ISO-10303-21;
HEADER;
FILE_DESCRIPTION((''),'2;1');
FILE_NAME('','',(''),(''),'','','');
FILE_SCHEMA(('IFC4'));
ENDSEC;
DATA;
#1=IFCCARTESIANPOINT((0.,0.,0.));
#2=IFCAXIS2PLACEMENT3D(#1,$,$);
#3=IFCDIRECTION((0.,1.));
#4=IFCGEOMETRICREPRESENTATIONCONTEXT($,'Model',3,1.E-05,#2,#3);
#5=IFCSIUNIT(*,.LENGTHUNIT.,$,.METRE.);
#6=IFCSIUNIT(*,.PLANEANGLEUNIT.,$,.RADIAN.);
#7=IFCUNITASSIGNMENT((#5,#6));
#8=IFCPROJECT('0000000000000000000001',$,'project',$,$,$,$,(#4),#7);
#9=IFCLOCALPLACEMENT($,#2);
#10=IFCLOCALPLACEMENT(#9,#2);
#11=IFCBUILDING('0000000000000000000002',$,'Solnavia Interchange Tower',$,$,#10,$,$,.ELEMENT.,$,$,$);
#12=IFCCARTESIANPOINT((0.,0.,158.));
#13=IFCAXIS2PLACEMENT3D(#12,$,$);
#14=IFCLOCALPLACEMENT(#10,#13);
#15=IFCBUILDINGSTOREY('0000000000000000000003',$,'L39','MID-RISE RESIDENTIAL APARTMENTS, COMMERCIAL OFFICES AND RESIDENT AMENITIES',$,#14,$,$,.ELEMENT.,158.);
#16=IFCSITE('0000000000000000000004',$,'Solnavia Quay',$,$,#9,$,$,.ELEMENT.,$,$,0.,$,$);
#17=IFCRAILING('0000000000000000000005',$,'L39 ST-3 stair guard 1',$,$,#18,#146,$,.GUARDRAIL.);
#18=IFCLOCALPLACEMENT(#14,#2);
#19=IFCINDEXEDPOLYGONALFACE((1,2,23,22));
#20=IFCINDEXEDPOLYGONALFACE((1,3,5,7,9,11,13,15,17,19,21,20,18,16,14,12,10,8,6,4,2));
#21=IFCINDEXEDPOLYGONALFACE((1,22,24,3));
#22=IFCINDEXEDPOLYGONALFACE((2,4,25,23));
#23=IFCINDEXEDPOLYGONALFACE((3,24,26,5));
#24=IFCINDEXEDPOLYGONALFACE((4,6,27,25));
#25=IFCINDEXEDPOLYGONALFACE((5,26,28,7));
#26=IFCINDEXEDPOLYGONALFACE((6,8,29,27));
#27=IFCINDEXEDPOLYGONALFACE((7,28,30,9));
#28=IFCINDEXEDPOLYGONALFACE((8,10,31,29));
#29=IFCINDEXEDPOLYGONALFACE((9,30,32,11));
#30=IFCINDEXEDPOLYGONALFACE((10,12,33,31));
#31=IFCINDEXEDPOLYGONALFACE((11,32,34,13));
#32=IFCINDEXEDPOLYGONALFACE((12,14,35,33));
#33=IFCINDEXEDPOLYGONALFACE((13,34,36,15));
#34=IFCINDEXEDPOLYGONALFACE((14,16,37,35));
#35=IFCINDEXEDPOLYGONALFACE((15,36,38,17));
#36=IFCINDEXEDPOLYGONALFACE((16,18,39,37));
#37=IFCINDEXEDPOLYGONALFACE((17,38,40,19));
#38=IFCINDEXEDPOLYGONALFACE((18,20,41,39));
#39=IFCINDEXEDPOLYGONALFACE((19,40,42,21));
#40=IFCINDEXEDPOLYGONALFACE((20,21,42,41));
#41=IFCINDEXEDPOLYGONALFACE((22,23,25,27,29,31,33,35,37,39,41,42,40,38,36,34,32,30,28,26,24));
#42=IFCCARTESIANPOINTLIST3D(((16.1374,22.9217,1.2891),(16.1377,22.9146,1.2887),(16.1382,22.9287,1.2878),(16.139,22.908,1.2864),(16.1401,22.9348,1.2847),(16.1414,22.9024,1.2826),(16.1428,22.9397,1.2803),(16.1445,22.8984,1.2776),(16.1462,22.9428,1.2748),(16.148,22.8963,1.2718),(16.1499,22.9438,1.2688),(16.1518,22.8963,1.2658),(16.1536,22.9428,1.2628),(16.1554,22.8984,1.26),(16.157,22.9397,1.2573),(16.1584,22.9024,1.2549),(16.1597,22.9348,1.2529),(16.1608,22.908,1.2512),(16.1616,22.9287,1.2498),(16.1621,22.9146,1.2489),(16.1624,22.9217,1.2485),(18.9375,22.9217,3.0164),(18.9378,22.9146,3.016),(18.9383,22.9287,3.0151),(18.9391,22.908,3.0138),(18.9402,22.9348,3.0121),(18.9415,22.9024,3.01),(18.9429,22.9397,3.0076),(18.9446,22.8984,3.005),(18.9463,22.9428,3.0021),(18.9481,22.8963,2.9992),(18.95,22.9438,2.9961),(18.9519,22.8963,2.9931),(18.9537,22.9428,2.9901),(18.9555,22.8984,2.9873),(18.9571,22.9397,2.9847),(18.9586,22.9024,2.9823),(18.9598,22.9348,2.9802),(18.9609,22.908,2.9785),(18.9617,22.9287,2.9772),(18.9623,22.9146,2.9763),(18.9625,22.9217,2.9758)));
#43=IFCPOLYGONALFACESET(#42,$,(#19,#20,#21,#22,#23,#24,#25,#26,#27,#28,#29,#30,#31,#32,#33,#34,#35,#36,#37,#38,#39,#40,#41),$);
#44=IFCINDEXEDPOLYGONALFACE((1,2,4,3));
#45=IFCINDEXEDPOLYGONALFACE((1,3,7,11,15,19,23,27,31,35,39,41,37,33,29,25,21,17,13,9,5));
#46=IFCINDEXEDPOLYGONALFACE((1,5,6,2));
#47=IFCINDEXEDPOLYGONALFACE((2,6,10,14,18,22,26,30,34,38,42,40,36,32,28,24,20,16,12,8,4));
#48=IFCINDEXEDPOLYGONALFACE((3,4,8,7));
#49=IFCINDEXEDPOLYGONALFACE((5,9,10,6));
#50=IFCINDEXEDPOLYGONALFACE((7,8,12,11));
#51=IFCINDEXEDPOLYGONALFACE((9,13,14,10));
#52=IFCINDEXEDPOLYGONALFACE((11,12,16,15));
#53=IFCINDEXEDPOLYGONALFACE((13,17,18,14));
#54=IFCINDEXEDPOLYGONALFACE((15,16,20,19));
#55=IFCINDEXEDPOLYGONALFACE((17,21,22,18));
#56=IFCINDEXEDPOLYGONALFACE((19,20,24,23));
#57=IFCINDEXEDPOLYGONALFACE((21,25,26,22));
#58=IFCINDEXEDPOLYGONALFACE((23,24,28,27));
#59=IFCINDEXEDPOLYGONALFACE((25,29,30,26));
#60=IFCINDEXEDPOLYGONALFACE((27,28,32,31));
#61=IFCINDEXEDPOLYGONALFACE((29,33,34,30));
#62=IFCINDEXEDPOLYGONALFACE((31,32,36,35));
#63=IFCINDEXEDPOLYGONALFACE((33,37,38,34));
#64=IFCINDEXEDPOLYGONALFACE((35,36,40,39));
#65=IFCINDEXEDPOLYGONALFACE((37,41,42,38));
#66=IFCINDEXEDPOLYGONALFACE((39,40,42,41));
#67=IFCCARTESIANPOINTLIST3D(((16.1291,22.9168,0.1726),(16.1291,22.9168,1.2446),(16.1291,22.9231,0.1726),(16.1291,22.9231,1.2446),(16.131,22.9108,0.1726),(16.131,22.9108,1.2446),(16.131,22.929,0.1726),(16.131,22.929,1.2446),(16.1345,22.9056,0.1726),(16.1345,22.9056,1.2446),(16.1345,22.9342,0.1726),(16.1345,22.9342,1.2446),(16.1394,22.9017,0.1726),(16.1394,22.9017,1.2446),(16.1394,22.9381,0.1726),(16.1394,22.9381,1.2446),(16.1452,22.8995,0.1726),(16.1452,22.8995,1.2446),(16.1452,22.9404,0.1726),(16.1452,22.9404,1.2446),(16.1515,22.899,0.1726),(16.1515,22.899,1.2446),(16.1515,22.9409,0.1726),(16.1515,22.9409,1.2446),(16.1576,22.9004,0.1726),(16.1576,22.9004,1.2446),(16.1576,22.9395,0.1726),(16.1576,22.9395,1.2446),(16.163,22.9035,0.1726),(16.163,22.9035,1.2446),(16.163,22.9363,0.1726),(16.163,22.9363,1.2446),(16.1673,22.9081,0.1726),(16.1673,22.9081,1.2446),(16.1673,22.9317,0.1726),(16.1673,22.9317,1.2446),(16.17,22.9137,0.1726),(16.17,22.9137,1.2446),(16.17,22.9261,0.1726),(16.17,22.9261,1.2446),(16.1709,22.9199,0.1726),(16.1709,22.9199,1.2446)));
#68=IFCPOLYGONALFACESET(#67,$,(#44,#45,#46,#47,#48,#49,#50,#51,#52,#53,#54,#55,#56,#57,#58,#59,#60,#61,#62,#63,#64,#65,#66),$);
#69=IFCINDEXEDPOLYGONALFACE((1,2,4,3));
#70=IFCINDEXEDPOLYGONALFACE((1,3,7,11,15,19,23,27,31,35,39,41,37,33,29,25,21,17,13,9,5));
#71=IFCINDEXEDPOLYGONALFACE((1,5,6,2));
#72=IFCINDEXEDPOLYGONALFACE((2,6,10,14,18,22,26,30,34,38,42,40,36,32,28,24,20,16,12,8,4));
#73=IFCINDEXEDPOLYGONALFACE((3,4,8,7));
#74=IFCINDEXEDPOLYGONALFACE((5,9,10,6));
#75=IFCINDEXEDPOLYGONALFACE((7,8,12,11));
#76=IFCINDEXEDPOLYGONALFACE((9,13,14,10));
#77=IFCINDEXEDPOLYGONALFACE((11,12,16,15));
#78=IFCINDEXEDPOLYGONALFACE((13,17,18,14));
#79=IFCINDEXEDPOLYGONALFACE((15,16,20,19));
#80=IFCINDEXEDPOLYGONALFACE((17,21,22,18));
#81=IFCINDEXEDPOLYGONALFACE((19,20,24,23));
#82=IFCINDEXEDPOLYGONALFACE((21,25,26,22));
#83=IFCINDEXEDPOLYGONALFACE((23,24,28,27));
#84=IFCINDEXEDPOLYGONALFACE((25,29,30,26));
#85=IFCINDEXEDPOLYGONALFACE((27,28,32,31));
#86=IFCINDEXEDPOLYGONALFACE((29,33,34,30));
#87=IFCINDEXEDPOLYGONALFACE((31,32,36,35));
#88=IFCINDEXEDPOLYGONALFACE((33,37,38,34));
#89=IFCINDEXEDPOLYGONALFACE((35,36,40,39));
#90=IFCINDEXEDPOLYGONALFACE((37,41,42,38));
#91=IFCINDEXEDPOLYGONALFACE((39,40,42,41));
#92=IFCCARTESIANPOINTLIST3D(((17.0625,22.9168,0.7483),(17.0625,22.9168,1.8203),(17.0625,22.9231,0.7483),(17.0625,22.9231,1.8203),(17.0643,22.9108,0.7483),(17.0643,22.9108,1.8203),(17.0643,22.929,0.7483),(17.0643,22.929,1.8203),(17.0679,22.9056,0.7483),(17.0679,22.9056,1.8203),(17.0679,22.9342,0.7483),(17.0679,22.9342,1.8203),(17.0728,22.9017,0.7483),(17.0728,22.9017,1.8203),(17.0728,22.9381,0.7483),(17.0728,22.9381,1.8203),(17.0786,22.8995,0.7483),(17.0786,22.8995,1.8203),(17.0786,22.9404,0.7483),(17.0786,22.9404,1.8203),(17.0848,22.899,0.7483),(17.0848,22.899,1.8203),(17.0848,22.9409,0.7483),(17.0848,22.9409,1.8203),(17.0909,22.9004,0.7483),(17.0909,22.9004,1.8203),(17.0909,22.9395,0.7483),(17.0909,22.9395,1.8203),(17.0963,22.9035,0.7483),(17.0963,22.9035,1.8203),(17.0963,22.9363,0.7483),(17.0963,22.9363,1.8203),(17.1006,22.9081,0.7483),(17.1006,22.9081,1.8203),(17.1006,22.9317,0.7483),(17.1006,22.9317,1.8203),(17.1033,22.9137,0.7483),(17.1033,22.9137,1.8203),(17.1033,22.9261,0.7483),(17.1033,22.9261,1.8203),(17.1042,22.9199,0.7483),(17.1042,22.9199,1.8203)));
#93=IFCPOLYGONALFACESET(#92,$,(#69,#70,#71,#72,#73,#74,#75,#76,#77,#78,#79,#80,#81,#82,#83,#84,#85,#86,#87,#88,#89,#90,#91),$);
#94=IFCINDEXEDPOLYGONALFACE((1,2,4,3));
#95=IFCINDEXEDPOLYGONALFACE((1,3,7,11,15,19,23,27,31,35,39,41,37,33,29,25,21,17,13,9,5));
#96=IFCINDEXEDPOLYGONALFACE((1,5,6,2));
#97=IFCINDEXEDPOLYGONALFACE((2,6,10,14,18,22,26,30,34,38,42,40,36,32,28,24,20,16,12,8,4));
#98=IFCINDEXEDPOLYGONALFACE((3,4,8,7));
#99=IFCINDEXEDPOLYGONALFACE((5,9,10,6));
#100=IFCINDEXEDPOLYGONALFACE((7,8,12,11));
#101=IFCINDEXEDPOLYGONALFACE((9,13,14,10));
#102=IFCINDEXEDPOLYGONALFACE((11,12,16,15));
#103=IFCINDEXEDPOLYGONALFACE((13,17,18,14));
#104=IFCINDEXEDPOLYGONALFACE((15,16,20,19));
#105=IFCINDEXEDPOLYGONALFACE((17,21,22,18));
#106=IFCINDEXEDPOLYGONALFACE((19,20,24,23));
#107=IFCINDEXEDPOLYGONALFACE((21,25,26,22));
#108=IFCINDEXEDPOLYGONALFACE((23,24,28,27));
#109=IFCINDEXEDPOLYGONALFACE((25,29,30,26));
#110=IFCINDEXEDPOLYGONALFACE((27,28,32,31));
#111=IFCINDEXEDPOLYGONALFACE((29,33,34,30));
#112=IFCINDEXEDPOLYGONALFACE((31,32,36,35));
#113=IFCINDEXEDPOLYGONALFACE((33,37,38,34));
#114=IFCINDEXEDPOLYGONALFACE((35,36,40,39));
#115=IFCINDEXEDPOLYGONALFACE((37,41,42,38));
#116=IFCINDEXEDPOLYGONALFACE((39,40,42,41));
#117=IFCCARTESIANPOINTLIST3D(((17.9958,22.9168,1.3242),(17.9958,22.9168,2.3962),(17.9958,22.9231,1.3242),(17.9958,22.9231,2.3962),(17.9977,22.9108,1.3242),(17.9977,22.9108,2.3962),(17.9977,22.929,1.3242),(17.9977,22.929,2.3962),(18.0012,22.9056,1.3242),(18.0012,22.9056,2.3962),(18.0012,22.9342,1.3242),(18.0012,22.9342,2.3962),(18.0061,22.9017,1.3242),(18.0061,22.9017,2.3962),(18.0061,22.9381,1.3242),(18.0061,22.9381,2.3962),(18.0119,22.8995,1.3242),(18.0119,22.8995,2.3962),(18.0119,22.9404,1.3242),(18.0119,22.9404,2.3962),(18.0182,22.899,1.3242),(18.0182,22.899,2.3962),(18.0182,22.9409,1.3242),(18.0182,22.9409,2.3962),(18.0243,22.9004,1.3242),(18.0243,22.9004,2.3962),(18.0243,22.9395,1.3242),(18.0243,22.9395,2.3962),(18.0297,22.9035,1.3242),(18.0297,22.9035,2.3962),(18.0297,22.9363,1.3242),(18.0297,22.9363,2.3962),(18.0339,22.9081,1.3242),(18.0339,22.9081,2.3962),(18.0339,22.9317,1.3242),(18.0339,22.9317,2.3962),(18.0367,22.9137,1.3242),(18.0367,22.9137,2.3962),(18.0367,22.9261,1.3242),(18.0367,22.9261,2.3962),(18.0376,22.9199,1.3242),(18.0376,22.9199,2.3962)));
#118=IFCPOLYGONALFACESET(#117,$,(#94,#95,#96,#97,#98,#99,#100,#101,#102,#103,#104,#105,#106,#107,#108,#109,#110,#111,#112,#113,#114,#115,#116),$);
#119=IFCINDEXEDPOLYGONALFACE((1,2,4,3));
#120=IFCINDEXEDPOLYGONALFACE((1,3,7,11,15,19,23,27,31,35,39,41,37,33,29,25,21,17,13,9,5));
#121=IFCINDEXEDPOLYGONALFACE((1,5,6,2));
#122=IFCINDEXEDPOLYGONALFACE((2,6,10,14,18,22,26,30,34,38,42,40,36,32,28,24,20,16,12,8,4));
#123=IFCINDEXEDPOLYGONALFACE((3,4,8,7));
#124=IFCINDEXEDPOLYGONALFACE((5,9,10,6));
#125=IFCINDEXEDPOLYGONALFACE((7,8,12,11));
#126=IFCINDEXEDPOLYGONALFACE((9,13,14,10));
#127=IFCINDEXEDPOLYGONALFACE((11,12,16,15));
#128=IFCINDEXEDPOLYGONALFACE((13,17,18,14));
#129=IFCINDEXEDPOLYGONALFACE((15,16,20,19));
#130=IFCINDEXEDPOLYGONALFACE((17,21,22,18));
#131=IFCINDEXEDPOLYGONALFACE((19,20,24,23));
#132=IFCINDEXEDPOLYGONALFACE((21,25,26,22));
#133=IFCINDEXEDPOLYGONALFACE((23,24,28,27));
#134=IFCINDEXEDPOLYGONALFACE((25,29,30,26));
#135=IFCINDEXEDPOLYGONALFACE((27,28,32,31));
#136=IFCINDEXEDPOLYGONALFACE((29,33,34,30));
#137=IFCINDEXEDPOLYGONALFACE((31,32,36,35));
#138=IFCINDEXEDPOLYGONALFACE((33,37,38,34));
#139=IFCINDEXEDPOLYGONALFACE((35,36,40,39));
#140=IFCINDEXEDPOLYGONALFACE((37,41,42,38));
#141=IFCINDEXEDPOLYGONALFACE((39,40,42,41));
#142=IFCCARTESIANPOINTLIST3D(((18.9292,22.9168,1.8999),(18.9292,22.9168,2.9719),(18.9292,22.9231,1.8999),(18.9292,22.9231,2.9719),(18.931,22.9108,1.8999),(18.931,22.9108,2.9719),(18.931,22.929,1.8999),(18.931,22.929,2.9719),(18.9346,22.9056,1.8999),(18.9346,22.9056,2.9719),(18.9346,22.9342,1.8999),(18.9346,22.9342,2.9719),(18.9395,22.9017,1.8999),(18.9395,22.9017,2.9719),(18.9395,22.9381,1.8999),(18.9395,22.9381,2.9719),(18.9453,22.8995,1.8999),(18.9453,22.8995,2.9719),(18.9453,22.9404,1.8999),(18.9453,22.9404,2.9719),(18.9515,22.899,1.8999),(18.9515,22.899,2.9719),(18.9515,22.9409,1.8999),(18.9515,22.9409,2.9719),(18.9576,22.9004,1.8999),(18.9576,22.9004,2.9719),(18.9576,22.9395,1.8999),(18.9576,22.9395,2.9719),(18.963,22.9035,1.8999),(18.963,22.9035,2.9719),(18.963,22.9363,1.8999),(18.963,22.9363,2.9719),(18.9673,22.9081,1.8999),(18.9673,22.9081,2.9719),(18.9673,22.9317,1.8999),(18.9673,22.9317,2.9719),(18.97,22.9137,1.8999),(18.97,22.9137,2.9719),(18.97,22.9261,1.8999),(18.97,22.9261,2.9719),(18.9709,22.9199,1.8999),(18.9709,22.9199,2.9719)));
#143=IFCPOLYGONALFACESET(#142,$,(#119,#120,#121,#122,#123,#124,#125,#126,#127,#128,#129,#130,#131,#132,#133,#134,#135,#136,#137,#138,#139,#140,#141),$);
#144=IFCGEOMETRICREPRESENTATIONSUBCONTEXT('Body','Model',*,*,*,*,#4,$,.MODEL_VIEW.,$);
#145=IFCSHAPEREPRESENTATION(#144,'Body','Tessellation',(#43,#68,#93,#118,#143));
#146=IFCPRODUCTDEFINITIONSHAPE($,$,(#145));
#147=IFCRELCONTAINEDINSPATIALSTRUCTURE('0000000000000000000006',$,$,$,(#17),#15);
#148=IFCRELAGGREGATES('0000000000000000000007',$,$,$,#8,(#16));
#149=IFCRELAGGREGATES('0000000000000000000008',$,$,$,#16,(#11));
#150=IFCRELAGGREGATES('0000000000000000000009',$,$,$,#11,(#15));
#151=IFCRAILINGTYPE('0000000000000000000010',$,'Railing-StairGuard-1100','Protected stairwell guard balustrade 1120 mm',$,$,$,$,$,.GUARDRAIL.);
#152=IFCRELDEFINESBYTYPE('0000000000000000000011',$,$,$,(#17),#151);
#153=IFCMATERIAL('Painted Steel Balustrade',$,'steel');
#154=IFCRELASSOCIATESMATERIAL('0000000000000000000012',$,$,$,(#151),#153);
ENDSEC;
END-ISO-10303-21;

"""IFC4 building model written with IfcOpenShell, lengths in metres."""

from ifc_helpers import new_model, si_unit, direction, frame, origin, origin_2d, place, context, subcontext, project, spatial, circle, extrude, material, type_object, element, save


model = new_model("IFC4")

# Units and contexts
model_context = context("Model", 3, precision=1e-05, world=origin(), true_north=direction((0.0, 1.0)))
body_context = subcontext(model_context, "Body", "Model", "MODEL_VIEW")
ifc_project = project(units=[si_unit("LENGTHUNIT", "METRE"), si_unit("PLANEANGLEUNIT", "RADIAN")], contexts=[model_context])

# Site, building, storey
site_placement = place(None, origin())
site = spatial("IfcSite", under=ifc_project, at=site_placement, Name="Solnavia Quay", CompositionType="ELEMENT", RefElevation=0.0)
building_placement = place(site_placement, origin())
building = spatial("IfcBuilding", under=site, at=building_placement, Name="Solnavia Interchange Tower", CompositionType="ELEMENT")
storey_placement = place(building_placement, frame((0.0, 0.0, 158.0)))
storey = spatial("IfcBuildingStorey", under=building, at=storey_placement, Name="L39", Description="MID-RISE RESIDENTIAL APARTMENTS, COMMERCIAL OFFICES AND RESIDENT AMENITIES", CompositionType="ELEMENT", Elevation=158.0)

# Railing
ifc_material_1 = material(Name="Painted Steel Balustrade", Category="steel")
railing_type_1 = type_object("IfcRailingType", Name="Railing-StairGuard-1100", Description="Protected stairwell guard balustrade 1120 mm", PredefinedType="GUARDRAIL", material=ifc_material_1)
railing_1_placement = place(storey_placement, frame((16.1499, 22.9199, 0.1726)))
element("IfcRailing", 1, at=railing_1_placement, inside=storey, type_object=railing_type_1, Name="L39 ST-3 stair guard 1", PredefinedType="GUARDRAIL", context=body_context, shape_type="SweptSolid", body=[
    extrude(circle(Radius=0.0239, at=origin_2d()), frame((0.0, 0.0, 1.0962), z_axis=(0.85109, 0.0, 0.52502), x_axis=(0.0, 1.0, 0.0)), (0.0, 0.0, 1.0), 3.29),
    extrude(circle(Radius=0.021, at=origin_2d()), origin(), (0.0, 0.0, 1.0), 1.072),
    extrude(circle(Radius=0.021, at=origin_2d()), frame((0.9333, 0.0, 0.5757)), (0.0, 0.0, 1.0), 1.072),
    extrude(circle(Radius=0.021, at=origin_2d()), frame((1.8667, 0.0, 1.1516)), (0.0, 0.0, 1.0), 1.072),
    extrude(circle(Radius=0.021, at=origin_2d()), frame((2.8, 0.0, 1.7273)), (0.0, 0.0, 1.0), 1.072),
])

save(model, "model.ifc")
